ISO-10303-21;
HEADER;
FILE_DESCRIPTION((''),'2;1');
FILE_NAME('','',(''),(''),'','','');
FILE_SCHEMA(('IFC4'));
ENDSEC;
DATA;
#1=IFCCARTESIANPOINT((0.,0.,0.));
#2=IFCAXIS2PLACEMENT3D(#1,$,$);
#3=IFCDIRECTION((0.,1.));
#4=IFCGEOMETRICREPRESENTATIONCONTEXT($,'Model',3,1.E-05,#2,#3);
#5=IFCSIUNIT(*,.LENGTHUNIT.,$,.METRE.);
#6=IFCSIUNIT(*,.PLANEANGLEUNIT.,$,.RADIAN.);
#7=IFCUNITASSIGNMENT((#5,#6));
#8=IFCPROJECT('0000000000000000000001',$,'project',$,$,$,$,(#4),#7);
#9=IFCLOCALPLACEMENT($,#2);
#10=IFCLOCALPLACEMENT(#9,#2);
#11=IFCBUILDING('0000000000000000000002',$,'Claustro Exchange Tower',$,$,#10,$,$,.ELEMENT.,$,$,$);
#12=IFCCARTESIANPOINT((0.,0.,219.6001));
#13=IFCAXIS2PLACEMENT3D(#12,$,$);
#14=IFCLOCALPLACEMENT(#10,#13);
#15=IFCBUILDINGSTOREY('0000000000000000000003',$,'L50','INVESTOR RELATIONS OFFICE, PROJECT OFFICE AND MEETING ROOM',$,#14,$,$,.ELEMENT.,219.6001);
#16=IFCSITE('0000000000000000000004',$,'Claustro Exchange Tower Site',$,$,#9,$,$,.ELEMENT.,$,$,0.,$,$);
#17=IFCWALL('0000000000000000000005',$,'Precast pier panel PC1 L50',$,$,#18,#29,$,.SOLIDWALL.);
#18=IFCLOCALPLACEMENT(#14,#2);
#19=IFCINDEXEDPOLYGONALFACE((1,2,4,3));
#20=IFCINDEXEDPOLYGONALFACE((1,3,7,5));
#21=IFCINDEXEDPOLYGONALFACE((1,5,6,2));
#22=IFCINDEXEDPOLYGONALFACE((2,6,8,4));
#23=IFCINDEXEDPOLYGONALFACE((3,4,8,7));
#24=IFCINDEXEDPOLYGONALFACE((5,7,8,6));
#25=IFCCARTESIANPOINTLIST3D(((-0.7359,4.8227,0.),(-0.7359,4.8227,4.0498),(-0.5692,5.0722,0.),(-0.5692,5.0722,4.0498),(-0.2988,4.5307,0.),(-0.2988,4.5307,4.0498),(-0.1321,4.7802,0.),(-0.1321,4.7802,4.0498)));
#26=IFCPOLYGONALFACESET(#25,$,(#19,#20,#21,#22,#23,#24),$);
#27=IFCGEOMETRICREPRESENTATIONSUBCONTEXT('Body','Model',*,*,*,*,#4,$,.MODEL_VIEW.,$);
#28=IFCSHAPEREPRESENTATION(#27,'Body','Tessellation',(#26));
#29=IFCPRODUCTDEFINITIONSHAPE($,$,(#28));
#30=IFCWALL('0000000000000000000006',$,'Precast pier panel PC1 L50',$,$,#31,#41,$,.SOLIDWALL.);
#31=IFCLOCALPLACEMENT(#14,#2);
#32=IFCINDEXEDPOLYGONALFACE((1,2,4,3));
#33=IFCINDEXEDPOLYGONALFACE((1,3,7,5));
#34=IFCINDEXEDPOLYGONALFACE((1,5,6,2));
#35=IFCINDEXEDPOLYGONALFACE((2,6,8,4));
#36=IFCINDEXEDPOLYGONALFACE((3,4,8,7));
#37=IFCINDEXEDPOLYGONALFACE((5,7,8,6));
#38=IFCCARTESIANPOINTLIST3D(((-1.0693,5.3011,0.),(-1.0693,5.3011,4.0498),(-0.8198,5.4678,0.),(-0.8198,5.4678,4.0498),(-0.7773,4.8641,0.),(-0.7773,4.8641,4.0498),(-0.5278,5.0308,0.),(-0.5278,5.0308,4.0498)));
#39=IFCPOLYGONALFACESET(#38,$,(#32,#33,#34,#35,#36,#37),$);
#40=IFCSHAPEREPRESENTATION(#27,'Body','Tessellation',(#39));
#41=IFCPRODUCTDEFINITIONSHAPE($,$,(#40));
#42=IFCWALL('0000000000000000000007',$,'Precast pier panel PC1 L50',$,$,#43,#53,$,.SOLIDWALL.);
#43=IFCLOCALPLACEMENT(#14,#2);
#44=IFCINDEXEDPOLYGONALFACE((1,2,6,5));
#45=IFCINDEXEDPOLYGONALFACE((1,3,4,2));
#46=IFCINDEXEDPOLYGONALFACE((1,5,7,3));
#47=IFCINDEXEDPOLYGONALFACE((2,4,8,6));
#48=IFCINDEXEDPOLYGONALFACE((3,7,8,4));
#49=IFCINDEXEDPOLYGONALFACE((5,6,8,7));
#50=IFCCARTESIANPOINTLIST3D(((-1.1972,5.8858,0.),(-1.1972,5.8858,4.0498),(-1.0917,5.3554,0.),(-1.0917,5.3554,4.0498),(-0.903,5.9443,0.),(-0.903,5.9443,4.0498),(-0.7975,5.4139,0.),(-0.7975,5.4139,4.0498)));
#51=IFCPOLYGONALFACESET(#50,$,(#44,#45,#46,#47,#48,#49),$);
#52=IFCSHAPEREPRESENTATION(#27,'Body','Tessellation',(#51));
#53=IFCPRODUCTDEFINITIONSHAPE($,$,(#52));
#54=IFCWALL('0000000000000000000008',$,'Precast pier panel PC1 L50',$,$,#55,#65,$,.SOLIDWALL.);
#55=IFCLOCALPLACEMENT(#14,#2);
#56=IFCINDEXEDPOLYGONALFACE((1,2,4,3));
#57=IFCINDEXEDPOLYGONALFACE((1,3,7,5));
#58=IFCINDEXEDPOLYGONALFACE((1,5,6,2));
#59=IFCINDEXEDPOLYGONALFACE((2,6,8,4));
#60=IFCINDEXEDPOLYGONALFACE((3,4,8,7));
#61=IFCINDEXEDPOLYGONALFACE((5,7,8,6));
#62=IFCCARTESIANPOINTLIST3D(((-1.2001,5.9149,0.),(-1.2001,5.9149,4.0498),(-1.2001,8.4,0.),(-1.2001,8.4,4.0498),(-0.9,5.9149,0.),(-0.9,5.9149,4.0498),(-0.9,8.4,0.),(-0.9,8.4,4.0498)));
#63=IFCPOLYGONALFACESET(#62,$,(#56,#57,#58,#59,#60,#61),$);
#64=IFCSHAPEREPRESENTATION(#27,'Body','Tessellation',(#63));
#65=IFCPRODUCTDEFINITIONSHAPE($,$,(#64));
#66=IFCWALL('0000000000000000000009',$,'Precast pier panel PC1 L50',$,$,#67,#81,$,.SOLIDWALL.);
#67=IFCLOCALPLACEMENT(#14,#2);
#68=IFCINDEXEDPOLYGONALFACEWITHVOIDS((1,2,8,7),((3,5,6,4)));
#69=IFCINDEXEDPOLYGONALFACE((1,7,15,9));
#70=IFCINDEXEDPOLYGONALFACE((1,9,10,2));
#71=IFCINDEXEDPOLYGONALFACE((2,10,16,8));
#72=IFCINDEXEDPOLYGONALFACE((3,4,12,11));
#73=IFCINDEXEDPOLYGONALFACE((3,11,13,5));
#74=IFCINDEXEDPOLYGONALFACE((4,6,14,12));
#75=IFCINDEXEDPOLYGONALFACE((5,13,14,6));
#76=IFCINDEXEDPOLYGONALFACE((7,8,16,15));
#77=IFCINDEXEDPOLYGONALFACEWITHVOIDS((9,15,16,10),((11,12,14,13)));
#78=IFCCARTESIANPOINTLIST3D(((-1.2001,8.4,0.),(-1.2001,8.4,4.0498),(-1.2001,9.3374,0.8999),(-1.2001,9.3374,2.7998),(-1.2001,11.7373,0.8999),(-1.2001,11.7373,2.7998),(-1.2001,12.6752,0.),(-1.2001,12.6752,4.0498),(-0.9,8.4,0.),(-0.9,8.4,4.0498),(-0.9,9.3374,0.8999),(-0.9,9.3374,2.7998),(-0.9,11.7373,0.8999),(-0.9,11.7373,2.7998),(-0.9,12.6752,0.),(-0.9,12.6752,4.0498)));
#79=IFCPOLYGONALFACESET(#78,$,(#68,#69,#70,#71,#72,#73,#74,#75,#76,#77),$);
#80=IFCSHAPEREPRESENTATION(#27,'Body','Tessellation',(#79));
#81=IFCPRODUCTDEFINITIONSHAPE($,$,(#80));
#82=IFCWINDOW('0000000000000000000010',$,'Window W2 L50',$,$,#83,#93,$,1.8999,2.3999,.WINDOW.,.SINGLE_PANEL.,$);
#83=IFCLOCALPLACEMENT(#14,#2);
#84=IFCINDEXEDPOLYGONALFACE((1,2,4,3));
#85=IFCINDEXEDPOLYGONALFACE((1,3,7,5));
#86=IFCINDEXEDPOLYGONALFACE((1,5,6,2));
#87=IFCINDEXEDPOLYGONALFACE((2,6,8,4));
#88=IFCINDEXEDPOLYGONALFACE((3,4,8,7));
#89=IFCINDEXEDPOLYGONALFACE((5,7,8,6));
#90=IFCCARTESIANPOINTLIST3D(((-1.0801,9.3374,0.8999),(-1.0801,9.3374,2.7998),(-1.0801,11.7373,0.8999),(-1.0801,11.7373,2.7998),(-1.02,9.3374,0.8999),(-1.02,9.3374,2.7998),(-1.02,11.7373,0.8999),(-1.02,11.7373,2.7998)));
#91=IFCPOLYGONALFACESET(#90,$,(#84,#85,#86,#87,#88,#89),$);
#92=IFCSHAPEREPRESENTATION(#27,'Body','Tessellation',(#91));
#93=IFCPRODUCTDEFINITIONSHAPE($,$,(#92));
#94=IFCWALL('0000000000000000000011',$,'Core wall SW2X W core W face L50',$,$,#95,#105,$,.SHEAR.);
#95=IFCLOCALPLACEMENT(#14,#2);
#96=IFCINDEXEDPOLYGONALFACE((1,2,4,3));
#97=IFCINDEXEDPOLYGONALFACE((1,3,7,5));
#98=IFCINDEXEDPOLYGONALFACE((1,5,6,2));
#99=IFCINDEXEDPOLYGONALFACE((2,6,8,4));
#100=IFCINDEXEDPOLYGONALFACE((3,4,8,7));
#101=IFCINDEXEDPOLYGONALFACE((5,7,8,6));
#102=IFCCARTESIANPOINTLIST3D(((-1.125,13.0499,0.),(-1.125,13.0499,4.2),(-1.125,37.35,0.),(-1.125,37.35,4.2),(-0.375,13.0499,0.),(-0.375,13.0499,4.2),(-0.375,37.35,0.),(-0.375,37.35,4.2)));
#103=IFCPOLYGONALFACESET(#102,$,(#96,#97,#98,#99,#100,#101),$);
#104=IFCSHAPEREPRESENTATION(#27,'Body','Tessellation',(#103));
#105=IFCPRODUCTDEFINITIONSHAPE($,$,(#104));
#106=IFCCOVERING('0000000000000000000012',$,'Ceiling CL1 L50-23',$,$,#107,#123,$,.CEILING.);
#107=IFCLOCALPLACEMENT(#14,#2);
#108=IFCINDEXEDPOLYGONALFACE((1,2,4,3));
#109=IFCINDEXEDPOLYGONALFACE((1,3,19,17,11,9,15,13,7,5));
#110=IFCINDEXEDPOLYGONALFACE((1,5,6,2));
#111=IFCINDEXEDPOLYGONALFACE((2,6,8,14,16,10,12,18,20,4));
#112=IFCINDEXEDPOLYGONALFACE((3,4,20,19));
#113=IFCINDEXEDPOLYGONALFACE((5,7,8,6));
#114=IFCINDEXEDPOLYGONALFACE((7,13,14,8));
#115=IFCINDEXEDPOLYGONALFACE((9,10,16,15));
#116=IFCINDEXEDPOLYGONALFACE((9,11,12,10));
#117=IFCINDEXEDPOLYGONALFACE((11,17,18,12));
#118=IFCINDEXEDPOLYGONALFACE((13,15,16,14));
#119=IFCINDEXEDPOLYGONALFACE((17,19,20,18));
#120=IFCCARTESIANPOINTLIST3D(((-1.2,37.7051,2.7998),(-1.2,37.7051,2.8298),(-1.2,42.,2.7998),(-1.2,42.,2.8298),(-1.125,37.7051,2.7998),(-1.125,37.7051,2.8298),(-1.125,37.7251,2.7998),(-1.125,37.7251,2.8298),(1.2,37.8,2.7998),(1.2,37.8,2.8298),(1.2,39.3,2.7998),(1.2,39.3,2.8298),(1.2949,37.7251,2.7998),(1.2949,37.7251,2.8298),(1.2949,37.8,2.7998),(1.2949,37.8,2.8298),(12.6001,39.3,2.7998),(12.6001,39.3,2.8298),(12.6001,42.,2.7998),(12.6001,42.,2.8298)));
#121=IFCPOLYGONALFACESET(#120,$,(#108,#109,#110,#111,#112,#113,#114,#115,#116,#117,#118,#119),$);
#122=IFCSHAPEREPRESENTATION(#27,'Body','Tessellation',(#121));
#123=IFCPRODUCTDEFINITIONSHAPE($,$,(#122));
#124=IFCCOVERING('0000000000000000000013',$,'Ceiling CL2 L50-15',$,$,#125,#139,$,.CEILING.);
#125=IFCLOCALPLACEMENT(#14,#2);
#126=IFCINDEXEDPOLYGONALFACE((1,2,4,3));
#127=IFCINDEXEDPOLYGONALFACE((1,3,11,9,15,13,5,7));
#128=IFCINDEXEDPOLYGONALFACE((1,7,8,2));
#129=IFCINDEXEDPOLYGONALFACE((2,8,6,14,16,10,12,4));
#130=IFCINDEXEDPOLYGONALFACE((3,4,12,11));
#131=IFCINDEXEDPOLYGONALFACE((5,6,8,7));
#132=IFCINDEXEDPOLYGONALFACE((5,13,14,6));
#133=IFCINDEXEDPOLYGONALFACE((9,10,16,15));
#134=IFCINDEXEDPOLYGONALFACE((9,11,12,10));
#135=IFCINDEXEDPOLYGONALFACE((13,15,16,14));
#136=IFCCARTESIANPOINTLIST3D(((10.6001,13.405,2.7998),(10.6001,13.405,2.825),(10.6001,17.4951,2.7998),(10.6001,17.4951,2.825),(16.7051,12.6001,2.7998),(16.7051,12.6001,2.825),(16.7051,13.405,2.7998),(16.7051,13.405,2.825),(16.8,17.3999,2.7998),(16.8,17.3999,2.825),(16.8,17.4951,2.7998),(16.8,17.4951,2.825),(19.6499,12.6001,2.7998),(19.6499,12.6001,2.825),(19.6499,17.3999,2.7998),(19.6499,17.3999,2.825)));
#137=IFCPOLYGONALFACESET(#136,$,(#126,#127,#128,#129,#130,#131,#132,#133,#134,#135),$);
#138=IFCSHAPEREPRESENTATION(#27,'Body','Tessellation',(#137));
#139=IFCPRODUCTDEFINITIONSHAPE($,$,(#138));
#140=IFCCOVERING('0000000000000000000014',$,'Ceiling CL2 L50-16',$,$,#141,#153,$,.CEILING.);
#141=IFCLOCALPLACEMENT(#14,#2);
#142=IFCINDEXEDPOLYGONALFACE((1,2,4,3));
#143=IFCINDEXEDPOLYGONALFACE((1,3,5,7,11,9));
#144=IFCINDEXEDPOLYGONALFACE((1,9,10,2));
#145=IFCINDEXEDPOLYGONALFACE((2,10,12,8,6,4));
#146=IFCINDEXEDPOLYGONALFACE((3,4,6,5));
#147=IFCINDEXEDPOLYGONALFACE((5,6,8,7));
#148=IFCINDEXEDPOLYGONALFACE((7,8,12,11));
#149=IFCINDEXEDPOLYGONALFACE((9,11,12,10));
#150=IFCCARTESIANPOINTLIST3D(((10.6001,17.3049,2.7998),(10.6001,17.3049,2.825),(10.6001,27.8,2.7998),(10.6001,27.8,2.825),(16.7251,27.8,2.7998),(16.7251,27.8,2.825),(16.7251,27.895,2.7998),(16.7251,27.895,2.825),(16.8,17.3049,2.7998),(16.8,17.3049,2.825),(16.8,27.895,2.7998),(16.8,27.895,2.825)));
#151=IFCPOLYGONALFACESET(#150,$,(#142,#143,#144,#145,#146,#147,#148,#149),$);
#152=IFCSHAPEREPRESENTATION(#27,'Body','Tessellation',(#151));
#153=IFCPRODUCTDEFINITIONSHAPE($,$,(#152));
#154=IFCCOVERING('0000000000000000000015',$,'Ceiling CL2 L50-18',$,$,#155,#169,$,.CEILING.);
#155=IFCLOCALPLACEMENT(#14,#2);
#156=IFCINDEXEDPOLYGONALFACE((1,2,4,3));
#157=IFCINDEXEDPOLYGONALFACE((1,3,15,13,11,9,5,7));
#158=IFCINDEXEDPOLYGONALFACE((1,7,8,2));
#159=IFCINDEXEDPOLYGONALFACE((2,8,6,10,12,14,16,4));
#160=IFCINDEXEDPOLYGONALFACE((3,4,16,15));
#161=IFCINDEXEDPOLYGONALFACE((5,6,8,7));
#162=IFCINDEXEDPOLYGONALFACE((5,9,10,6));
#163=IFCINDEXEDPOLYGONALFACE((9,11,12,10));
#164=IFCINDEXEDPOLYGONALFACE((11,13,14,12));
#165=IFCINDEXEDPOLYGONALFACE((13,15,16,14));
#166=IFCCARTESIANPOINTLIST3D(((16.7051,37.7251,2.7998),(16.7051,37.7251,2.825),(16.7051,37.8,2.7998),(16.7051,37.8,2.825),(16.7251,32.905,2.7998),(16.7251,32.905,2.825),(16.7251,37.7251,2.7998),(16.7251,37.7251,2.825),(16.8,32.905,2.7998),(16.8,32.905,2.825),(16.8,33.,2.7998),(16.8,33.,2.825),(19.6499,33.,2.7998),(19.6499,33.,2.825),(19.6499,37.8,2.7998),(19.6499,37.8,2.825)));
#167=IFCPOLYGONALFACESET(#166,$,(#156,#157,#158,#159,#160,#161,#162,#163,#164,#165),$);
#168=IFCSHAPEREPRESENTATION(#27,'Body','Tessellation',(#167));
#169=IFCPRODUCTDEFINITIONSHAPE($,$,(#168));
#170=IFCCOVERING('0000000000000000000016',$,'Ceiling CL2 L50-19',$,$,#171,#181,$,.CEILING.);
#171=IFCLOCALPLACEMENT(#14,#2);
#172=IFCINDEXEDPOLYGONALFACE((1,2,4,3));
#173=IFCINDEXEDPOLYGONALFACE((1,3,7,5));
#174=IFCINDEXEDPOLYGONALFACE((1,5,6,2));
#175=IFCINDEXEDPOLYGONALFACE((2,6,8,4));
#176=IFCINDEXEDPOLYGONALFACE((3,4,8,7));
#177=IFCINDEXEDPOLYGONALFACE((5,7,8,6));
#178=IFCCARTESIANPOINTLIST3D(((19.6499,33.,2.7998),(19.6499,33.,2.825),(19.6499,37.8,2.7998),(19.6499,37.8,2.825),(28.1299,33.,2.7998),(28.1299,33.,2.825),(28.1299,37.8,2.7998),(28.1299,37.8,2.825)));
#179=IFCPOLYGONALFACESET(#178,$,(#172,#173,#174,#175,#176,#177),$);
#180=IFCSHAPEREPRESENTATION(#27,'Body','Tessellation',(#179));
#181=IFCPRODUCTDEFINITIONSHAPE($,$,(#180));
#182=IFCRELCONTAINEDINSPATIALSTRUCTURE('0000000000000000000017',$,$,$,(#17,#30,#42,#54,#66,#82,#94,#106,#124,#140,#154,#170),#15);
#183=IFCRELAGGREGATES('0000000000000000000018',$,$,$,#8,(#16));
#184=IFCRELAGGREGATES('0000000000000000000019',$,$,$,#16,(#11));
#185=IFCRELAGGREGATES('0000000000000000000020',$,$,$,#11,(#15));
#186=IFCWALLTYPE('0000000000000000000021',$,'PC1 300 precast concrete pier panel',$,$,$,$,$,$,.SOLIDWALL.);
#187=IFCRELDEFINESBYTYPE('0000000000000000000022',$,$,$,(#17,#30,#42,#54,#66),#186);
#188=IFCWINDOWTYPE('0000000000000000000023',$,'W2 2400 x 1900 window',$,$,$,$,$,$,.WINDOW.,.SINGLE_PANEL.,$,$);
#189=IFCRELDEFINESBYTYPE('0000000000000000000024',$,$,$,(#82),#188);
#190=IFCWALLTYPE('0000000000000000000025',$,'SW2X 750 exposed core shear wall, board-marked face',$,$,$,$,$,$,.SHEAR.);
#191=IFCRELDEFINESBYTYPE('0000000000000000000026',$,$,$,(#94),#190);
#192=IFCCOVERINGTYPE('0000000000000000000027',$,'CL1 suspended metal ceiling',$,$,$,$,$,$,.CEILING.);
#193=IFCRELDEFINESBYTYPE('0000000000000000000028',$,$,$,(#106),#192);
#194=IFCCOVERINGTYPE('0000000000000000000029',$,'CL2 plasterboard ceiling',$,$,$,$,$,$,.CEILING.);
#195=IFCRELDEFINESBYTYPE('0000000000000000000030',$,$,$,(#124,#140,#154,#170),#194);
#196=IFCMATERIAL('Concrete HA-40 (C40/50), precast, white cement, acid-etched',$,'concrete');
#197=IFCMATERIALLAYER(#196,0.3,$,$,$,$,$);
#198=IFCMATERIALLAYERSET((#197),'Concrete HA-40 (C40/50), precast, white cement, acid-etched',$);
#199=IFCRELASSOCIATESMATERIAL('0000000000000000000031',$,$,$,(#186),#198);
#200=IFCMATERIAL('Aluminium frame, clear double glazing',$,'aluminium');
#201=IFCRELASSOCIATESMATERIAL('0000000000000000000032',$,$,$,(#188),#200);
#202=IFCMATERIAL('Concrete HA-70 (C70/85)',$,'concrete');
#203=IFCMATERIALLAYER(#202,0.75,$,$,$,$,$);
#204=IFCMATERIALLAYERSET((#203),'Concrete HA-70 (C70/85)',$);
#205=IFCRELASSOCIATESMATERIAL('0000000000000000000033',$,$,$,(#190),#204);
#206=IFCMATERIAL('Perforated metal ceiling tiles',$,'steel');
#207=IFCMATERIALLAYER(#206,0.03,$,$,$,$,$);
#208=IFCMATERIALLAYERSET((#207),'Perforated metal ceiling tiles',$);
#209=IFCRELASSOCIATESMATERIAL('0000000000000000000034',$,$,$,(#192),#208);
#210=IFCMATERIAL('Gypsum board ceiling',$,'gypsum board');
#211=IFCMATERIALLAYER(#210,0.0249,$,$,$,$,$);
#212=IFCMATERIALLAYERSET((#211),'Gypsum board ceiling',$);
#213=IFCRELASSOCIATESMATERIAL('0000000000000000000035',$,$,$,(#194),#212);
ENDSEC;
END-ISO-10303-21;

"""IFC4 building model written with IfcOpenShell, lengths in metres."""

from ifc_helpers import new_model, si_unit, direction, frame, frame_2d, origin, place, context, subcontext, project, spatial, polyline, rectangle, outline, extrude, material, layer, layer_set, type_object, element, fill, save


model = new_model("IFC4")

# Units and contexts
model_context = context("Model", 3, precision=1e-05, world=origin(), true_north=direction((0.0, 1.0)))
body_context = subcontext(model_context, "Body", "Model", "MODEL_VIEW")
ifc_project = project(units=[si_unit("LENGTHUNIT", "METRE"), si_unit("PLANEANGLEUNIT", "RADIAN")], contexts=[model_context])

# Site, building, storey
site_placement = place(None, origin())
site = spatial("IfcSite", under=ifc_project, at=site_placement, Name="Claustro Exchange Tower Site", CompositionType="ELEMENT", RefElevation=0.0)
building_placement = place(site_placement, origin())
building = spatial("IfcBuilding", under=site, at=building_placement, Name="Claustro Exchange Tower", CompositionType="ELEMENT")
storey_placement = place(building_placement, frame((0.0, 0.0, 219.6001)))
storey = spatial("IfcBuildingStorey", under=building, at=storey_placement, Name="L50", Description="INVESTOR RELATIONS OFFICE, PROJECT OFFICE AND MEETING ROOM", CompositionType="ELEMENT", Elevation=219.6001)

# Walls
ifc_material_1 = material(Name="Concrete HA-40 (C40/50), precast, white cement, acid-etched", Category="concrete")
ifc_layer_1 = layer(ifc_material_1, 0.3)
ifc_layer_set_1 = layer_set([ifc_layer_1], Name="Concrete HA-40 (C40/50), precast, white cement, acid-etched")
wall_type_1 = type_object("IfcWallType", Name="PC1 300 precast concrete pier panel", PredefinedType="SOLIDWALL", material=ifc_layer_set_1)
for number, where, z_axis, x_axis, name in (
    (1, (-0.2156, 4.6555, 0.0), (0.0, 0.0, 1.0), (-0.831478, 0.555557, 0.0), "Precast pier panel PC1 L50"),
    (2, (-0.6526, 4.9475, 0.0), (0.0, 0.0, 1.0), (-0.555557, 0.831478, 0.0), "Precast pier panel PC1 L50"),
):
    element("IfcWall", number, at=place(storey_placement, frame(where, z_axis=z_axis, x_axis=x_axis)), inside=storey, type_object=wall_type_1, Name=name, PredefinedType="SOLIDWALL", context=body_context, shape_type="SweptSolid", body=[
        extrude(rectangle(XDim=0.5256, YDim=0.3, at=frame_2d((0.2627, 0.0))), origin(), (0.0, 0.0, 1.0), 4.0498),
    ])
wall_1_placement = place(storey_placement, frame((-0.9446, 5.3845, 0.0), z_axis=(0.0, 0.0, 1.0), x_axis=(-0.195074, 0.980789, 0.0)))
element("IfcWall", 3, at=wall_1_placement, inside=storey, type_object=wall_type_1, Name="Precast pier panel PC1 L50", PredefinedType="SOLIDWALL", context=body_context, shape_type="SweptSolid", body=[
    extrude(rectangle(XDim=0.5408, YDim=0.3, at=frame_2d((0.2705, 0.0))), origin(), (0.0, 0.0, 1.0), 4.0498),
])
wall_2_placement = place(storey_placement, frame((-1.05, 5.9148, 0.0), z_axis=(0.0, 0.0, 1.0), x_axis=(0.0, 1.0, 0.0)))
element("IfcWall", 4, at=wall_2_placement, inside=storey, type_object=wall_type_1, Name="Precast pier panel PC1 L50", PredefinedType="SOLIDWALL", context=body_context, shape_type="SweptSolid", body=[
    extrude(rectangle(XDim=2.4851, YDim=0.3, at=frame_2d((1.2427, 0.0))), origin(), (0.0, 0.0, 1.0), 4.0498),
])

# Wall, opening, window
wall_3_placement = place(storey_placement, frame((-1.05, 8.3999, 0.0), z_axis=(0.0, 0.0, 1.0), x_axis=(0.0, 1.0, 0.0)))
wall_3 = element("IfcWall", 5, at=wall_3_placement, inside=storey, type_object=wall_type_1, Name="Precast pier panel PC1 L50", PredefinedType="SOLIDWALL", context=body_context, shape_type="SweptSolid", body=[
    extrude(rectangle(XDim=4.2751, YDim=0.3, at=frame_2d((2.1377, 0.0))), origin(), (0.0, 0.0, 1.0), 4.0498),
])
opening_1_placement = place(wall_3_placement, frame((0.9375, 0.0, 0.8999)))
opening_1 = element("IfcOpeningElement", 6, at=opening_1_placement, cuts=wall_3, PredefinedType="OPENING", context=body_context, shape_type="SweptSolid", body=[
    extrude(rectangle(XDim=2.3999, YDim=1.8999, at=frame_2d((1.2, 0.95))), frame((0.0, 0.1599, 0.0), z_axis=(0.0, -1.0, 0.0), x_axis=(1.0, 0.0, 0.0)), (0.0, 0.0, 1.0), 0.3201),
])
ifc_material_2 = material(Name="Aluminium frame, clear double glazing", Category="aluminium")
window_type = type_object("IfcWindowType", Name="W2 2400 x 1900 window", PartitioningType="SINGLE_PANEL", PredefinedType="WINDOW", material=ifc_material_2)
window_placement = place(opening_1_placement, origin())
window = element("IfcWindow", 7, at=window_placement, inside=storey, type_object=window_type, Name="Window W2 L50", OverallHeight=1.8999, OverallWidth=2.3999, PartitioningType="SINGLE_PANEL", PredefinedType="WINDOW", context=body_context, shape_type="SweptSolid", body=[
    extrude(rectangle(XDim=2.3999, YDim=1.8999, at=frame_2d((1.2, 0.95))), frame((0.0, 0.03, 0.0), z_axis=(0.0, -1.0, 0.0), x_axis=(1.0, 0.0, 0.0)), (0.0, 0.0, 1.0), 0.0601),
])
fill(opening_1, window)

# Wall
ifc_material_3 = material(Name="Concrete HA-70 (C70/85)", Category="concrete")
ifc_layer_2 = layer(ifc_material_3, 0.75)
ifc_layer_set_2 = layer_set([ifc_layer_2], Name="Concrete HA-70 (C70/85)")
wall_type_2 = type_object("IfcWallType", Name="SW2X 750 exposed core shear wall, board-marked face", PredefinedType="SHEAR", material=ifc_layer_set_2)
wall_4_placement = place(storey_placement, frame((-0.75, 13.05, 0.0), z_axis=(0.0, 0.0, 1.0), x_axis=(0.0, 1.0, 0.0)))
element("IfcWall", 8, at=wall_4_placement, inside=storey, type_object=wall_type_2, Name="Core wall SW2X W core W face L50", PredefinedType="SHEAR", context=body_context, shape_type="SweptSolid", body=[
    extrude(rectangle(XDim=24.3, YDim=0.75, at=frame_2d((12.1499, 0.0))), origin(), (0.0, 0.0, 1.0), 4.2),
])

# Coverings
ifc_material_4 = material(Name="Perforated metal ceiling tiles", Category="steel")
ifc_layer_3 = layer(ifc_material_4, 0.03)
ifc_layer_set_3 = layer_set([ifc_layer_3], Name="Perforated metal ceiling tiles")
covering_type_1 = type_object("IfcCoveringType", Name="CL1 suspended metal ceiling", PredefinedType="CEILING", material=ifc_layer_set_3)
covering_1_placement = place(storey_placement, frame((0.0, 0.0, 2.7998)))
element("IfcCovering", 9, at=covering_1_placement, inside=storey, type_object=covering_type_1, Name="Ceiling CL1 L50-23", PredefinedType="CEILING", context=body_context, shape_type="SweptSolid", body=[
    extrude(outline(polyline([(-1.125, 37.7251), (1.2949, 37.7251), (1.2949, 37.8), (1.2, 37.8), (1.2, 39.3), (12.6001, 39.3), (12.6001, 42.0), (-1.2, 42.0), (-1.2, 37.7051), (-1.125, 37.7051), (-1.125, 37.7251)])), origin(), (0.0, 0.0, 1.0), 0.03),
])
ifc_material_5 = material(Name="Gypsum board ceiling", Category="gypsum board")
ifc_layer_4 = layer(ifc_material_5, 0.0249)
ifc_layer_set_4 = layer_set([ifc_layer_4], Name="Gypsum board ceiling")
covering_type_2 = type_object("IfcCoveringType", Name="CL2 plasterboard ceiling", PredefinedType="CEILING", material=ifc_layer_set_4)
covering_2_placement = place(storey_placement, frame((0.0, 0.0, 2.7998)))
element("IfcCovering", 10, at=covering_2_placement, inside=storey, type_object=covering_type_2, Name="Ceiling CL2 L50-15", PredefinedType="CEILING", context=body_context, shape_type="SweptSolid", body=[
    extrude(outline(polyline([(19.6499, 17.3999), (16.8, 17.3999), (16.8, 17.4951), (10.6001, 17.4951), (10.6001, 13.405), (16.7051, 13.405), (16.7051, 12.6001), (19.6499, 12.6001), (19.6499, 17.3999)])), origin(), (0.0, 0.0, 1.0), 0.0251),
])
covering_3_placement = place(storey_placement, frame((0.0, 0.0, 2.7998)))
element("IfcCovering", 11, at=covering_3_placement, inside=storey, type_object=covering_type_2, Name="Ceiling CL2 L50-16", PredefinedType="CEILING", context=body_context, shape_type="SweptSolid", body=[
    extrude(outline(polyline([(10.6001, 27.8), (10.6001, 17.3049), (16.8, 17.3049), (16.8, 27.895), (16.7251, 27.895), (16.7251, 27.8), (10.6001, 27.8)])), origin(), (0.0, 0.0, 1.0), 0.0251),
])
covering_4_placement = place(storey_placement, frame((0.0, 0.0, 2.7998)))
element("IfcCovering", 12, at=covering_4_placement, inside=storey, type_object=covering_type_2, Name="Ceiling CL2 L50-18", PredefinedType="CEILING", context=body_context, shape_type="SweptSolid", body=[
    extrude(outline(polyline([(19.6499, 37.8), (16.7051, 37.8), (16.7051, 37.7251), (16.7251, 37.7251), (16.7251, 32.905), (16.8, 32.905), (16.8, 33.0), (19.6499, 33.0), (19.6499, 37.8)])), origin(), (0.0, 0.0, 1.0), 0.0251),
])
covering_5_placement = place(storey_placement, frame((0.0, 0.0, 2.7998)))
element("IfcCovering", 13, at=covering_5_placement, inside=storey, type_object=covering_type_2, Name="Ceiling CL2 L50-19", PredefinedType="CEILING", context=body_context, shape_type="SweptSolid", body=[
    extrude(outline(polyline([(19.6499, 33.0), (28.1299, 33.0), (28.1299, 37.8), (19.6499, 37.8), (19.6499, 33.0)])), origin(), (0.0, 0.0, 1.0), 0.0251),
])

save(model, "model.ifc")
